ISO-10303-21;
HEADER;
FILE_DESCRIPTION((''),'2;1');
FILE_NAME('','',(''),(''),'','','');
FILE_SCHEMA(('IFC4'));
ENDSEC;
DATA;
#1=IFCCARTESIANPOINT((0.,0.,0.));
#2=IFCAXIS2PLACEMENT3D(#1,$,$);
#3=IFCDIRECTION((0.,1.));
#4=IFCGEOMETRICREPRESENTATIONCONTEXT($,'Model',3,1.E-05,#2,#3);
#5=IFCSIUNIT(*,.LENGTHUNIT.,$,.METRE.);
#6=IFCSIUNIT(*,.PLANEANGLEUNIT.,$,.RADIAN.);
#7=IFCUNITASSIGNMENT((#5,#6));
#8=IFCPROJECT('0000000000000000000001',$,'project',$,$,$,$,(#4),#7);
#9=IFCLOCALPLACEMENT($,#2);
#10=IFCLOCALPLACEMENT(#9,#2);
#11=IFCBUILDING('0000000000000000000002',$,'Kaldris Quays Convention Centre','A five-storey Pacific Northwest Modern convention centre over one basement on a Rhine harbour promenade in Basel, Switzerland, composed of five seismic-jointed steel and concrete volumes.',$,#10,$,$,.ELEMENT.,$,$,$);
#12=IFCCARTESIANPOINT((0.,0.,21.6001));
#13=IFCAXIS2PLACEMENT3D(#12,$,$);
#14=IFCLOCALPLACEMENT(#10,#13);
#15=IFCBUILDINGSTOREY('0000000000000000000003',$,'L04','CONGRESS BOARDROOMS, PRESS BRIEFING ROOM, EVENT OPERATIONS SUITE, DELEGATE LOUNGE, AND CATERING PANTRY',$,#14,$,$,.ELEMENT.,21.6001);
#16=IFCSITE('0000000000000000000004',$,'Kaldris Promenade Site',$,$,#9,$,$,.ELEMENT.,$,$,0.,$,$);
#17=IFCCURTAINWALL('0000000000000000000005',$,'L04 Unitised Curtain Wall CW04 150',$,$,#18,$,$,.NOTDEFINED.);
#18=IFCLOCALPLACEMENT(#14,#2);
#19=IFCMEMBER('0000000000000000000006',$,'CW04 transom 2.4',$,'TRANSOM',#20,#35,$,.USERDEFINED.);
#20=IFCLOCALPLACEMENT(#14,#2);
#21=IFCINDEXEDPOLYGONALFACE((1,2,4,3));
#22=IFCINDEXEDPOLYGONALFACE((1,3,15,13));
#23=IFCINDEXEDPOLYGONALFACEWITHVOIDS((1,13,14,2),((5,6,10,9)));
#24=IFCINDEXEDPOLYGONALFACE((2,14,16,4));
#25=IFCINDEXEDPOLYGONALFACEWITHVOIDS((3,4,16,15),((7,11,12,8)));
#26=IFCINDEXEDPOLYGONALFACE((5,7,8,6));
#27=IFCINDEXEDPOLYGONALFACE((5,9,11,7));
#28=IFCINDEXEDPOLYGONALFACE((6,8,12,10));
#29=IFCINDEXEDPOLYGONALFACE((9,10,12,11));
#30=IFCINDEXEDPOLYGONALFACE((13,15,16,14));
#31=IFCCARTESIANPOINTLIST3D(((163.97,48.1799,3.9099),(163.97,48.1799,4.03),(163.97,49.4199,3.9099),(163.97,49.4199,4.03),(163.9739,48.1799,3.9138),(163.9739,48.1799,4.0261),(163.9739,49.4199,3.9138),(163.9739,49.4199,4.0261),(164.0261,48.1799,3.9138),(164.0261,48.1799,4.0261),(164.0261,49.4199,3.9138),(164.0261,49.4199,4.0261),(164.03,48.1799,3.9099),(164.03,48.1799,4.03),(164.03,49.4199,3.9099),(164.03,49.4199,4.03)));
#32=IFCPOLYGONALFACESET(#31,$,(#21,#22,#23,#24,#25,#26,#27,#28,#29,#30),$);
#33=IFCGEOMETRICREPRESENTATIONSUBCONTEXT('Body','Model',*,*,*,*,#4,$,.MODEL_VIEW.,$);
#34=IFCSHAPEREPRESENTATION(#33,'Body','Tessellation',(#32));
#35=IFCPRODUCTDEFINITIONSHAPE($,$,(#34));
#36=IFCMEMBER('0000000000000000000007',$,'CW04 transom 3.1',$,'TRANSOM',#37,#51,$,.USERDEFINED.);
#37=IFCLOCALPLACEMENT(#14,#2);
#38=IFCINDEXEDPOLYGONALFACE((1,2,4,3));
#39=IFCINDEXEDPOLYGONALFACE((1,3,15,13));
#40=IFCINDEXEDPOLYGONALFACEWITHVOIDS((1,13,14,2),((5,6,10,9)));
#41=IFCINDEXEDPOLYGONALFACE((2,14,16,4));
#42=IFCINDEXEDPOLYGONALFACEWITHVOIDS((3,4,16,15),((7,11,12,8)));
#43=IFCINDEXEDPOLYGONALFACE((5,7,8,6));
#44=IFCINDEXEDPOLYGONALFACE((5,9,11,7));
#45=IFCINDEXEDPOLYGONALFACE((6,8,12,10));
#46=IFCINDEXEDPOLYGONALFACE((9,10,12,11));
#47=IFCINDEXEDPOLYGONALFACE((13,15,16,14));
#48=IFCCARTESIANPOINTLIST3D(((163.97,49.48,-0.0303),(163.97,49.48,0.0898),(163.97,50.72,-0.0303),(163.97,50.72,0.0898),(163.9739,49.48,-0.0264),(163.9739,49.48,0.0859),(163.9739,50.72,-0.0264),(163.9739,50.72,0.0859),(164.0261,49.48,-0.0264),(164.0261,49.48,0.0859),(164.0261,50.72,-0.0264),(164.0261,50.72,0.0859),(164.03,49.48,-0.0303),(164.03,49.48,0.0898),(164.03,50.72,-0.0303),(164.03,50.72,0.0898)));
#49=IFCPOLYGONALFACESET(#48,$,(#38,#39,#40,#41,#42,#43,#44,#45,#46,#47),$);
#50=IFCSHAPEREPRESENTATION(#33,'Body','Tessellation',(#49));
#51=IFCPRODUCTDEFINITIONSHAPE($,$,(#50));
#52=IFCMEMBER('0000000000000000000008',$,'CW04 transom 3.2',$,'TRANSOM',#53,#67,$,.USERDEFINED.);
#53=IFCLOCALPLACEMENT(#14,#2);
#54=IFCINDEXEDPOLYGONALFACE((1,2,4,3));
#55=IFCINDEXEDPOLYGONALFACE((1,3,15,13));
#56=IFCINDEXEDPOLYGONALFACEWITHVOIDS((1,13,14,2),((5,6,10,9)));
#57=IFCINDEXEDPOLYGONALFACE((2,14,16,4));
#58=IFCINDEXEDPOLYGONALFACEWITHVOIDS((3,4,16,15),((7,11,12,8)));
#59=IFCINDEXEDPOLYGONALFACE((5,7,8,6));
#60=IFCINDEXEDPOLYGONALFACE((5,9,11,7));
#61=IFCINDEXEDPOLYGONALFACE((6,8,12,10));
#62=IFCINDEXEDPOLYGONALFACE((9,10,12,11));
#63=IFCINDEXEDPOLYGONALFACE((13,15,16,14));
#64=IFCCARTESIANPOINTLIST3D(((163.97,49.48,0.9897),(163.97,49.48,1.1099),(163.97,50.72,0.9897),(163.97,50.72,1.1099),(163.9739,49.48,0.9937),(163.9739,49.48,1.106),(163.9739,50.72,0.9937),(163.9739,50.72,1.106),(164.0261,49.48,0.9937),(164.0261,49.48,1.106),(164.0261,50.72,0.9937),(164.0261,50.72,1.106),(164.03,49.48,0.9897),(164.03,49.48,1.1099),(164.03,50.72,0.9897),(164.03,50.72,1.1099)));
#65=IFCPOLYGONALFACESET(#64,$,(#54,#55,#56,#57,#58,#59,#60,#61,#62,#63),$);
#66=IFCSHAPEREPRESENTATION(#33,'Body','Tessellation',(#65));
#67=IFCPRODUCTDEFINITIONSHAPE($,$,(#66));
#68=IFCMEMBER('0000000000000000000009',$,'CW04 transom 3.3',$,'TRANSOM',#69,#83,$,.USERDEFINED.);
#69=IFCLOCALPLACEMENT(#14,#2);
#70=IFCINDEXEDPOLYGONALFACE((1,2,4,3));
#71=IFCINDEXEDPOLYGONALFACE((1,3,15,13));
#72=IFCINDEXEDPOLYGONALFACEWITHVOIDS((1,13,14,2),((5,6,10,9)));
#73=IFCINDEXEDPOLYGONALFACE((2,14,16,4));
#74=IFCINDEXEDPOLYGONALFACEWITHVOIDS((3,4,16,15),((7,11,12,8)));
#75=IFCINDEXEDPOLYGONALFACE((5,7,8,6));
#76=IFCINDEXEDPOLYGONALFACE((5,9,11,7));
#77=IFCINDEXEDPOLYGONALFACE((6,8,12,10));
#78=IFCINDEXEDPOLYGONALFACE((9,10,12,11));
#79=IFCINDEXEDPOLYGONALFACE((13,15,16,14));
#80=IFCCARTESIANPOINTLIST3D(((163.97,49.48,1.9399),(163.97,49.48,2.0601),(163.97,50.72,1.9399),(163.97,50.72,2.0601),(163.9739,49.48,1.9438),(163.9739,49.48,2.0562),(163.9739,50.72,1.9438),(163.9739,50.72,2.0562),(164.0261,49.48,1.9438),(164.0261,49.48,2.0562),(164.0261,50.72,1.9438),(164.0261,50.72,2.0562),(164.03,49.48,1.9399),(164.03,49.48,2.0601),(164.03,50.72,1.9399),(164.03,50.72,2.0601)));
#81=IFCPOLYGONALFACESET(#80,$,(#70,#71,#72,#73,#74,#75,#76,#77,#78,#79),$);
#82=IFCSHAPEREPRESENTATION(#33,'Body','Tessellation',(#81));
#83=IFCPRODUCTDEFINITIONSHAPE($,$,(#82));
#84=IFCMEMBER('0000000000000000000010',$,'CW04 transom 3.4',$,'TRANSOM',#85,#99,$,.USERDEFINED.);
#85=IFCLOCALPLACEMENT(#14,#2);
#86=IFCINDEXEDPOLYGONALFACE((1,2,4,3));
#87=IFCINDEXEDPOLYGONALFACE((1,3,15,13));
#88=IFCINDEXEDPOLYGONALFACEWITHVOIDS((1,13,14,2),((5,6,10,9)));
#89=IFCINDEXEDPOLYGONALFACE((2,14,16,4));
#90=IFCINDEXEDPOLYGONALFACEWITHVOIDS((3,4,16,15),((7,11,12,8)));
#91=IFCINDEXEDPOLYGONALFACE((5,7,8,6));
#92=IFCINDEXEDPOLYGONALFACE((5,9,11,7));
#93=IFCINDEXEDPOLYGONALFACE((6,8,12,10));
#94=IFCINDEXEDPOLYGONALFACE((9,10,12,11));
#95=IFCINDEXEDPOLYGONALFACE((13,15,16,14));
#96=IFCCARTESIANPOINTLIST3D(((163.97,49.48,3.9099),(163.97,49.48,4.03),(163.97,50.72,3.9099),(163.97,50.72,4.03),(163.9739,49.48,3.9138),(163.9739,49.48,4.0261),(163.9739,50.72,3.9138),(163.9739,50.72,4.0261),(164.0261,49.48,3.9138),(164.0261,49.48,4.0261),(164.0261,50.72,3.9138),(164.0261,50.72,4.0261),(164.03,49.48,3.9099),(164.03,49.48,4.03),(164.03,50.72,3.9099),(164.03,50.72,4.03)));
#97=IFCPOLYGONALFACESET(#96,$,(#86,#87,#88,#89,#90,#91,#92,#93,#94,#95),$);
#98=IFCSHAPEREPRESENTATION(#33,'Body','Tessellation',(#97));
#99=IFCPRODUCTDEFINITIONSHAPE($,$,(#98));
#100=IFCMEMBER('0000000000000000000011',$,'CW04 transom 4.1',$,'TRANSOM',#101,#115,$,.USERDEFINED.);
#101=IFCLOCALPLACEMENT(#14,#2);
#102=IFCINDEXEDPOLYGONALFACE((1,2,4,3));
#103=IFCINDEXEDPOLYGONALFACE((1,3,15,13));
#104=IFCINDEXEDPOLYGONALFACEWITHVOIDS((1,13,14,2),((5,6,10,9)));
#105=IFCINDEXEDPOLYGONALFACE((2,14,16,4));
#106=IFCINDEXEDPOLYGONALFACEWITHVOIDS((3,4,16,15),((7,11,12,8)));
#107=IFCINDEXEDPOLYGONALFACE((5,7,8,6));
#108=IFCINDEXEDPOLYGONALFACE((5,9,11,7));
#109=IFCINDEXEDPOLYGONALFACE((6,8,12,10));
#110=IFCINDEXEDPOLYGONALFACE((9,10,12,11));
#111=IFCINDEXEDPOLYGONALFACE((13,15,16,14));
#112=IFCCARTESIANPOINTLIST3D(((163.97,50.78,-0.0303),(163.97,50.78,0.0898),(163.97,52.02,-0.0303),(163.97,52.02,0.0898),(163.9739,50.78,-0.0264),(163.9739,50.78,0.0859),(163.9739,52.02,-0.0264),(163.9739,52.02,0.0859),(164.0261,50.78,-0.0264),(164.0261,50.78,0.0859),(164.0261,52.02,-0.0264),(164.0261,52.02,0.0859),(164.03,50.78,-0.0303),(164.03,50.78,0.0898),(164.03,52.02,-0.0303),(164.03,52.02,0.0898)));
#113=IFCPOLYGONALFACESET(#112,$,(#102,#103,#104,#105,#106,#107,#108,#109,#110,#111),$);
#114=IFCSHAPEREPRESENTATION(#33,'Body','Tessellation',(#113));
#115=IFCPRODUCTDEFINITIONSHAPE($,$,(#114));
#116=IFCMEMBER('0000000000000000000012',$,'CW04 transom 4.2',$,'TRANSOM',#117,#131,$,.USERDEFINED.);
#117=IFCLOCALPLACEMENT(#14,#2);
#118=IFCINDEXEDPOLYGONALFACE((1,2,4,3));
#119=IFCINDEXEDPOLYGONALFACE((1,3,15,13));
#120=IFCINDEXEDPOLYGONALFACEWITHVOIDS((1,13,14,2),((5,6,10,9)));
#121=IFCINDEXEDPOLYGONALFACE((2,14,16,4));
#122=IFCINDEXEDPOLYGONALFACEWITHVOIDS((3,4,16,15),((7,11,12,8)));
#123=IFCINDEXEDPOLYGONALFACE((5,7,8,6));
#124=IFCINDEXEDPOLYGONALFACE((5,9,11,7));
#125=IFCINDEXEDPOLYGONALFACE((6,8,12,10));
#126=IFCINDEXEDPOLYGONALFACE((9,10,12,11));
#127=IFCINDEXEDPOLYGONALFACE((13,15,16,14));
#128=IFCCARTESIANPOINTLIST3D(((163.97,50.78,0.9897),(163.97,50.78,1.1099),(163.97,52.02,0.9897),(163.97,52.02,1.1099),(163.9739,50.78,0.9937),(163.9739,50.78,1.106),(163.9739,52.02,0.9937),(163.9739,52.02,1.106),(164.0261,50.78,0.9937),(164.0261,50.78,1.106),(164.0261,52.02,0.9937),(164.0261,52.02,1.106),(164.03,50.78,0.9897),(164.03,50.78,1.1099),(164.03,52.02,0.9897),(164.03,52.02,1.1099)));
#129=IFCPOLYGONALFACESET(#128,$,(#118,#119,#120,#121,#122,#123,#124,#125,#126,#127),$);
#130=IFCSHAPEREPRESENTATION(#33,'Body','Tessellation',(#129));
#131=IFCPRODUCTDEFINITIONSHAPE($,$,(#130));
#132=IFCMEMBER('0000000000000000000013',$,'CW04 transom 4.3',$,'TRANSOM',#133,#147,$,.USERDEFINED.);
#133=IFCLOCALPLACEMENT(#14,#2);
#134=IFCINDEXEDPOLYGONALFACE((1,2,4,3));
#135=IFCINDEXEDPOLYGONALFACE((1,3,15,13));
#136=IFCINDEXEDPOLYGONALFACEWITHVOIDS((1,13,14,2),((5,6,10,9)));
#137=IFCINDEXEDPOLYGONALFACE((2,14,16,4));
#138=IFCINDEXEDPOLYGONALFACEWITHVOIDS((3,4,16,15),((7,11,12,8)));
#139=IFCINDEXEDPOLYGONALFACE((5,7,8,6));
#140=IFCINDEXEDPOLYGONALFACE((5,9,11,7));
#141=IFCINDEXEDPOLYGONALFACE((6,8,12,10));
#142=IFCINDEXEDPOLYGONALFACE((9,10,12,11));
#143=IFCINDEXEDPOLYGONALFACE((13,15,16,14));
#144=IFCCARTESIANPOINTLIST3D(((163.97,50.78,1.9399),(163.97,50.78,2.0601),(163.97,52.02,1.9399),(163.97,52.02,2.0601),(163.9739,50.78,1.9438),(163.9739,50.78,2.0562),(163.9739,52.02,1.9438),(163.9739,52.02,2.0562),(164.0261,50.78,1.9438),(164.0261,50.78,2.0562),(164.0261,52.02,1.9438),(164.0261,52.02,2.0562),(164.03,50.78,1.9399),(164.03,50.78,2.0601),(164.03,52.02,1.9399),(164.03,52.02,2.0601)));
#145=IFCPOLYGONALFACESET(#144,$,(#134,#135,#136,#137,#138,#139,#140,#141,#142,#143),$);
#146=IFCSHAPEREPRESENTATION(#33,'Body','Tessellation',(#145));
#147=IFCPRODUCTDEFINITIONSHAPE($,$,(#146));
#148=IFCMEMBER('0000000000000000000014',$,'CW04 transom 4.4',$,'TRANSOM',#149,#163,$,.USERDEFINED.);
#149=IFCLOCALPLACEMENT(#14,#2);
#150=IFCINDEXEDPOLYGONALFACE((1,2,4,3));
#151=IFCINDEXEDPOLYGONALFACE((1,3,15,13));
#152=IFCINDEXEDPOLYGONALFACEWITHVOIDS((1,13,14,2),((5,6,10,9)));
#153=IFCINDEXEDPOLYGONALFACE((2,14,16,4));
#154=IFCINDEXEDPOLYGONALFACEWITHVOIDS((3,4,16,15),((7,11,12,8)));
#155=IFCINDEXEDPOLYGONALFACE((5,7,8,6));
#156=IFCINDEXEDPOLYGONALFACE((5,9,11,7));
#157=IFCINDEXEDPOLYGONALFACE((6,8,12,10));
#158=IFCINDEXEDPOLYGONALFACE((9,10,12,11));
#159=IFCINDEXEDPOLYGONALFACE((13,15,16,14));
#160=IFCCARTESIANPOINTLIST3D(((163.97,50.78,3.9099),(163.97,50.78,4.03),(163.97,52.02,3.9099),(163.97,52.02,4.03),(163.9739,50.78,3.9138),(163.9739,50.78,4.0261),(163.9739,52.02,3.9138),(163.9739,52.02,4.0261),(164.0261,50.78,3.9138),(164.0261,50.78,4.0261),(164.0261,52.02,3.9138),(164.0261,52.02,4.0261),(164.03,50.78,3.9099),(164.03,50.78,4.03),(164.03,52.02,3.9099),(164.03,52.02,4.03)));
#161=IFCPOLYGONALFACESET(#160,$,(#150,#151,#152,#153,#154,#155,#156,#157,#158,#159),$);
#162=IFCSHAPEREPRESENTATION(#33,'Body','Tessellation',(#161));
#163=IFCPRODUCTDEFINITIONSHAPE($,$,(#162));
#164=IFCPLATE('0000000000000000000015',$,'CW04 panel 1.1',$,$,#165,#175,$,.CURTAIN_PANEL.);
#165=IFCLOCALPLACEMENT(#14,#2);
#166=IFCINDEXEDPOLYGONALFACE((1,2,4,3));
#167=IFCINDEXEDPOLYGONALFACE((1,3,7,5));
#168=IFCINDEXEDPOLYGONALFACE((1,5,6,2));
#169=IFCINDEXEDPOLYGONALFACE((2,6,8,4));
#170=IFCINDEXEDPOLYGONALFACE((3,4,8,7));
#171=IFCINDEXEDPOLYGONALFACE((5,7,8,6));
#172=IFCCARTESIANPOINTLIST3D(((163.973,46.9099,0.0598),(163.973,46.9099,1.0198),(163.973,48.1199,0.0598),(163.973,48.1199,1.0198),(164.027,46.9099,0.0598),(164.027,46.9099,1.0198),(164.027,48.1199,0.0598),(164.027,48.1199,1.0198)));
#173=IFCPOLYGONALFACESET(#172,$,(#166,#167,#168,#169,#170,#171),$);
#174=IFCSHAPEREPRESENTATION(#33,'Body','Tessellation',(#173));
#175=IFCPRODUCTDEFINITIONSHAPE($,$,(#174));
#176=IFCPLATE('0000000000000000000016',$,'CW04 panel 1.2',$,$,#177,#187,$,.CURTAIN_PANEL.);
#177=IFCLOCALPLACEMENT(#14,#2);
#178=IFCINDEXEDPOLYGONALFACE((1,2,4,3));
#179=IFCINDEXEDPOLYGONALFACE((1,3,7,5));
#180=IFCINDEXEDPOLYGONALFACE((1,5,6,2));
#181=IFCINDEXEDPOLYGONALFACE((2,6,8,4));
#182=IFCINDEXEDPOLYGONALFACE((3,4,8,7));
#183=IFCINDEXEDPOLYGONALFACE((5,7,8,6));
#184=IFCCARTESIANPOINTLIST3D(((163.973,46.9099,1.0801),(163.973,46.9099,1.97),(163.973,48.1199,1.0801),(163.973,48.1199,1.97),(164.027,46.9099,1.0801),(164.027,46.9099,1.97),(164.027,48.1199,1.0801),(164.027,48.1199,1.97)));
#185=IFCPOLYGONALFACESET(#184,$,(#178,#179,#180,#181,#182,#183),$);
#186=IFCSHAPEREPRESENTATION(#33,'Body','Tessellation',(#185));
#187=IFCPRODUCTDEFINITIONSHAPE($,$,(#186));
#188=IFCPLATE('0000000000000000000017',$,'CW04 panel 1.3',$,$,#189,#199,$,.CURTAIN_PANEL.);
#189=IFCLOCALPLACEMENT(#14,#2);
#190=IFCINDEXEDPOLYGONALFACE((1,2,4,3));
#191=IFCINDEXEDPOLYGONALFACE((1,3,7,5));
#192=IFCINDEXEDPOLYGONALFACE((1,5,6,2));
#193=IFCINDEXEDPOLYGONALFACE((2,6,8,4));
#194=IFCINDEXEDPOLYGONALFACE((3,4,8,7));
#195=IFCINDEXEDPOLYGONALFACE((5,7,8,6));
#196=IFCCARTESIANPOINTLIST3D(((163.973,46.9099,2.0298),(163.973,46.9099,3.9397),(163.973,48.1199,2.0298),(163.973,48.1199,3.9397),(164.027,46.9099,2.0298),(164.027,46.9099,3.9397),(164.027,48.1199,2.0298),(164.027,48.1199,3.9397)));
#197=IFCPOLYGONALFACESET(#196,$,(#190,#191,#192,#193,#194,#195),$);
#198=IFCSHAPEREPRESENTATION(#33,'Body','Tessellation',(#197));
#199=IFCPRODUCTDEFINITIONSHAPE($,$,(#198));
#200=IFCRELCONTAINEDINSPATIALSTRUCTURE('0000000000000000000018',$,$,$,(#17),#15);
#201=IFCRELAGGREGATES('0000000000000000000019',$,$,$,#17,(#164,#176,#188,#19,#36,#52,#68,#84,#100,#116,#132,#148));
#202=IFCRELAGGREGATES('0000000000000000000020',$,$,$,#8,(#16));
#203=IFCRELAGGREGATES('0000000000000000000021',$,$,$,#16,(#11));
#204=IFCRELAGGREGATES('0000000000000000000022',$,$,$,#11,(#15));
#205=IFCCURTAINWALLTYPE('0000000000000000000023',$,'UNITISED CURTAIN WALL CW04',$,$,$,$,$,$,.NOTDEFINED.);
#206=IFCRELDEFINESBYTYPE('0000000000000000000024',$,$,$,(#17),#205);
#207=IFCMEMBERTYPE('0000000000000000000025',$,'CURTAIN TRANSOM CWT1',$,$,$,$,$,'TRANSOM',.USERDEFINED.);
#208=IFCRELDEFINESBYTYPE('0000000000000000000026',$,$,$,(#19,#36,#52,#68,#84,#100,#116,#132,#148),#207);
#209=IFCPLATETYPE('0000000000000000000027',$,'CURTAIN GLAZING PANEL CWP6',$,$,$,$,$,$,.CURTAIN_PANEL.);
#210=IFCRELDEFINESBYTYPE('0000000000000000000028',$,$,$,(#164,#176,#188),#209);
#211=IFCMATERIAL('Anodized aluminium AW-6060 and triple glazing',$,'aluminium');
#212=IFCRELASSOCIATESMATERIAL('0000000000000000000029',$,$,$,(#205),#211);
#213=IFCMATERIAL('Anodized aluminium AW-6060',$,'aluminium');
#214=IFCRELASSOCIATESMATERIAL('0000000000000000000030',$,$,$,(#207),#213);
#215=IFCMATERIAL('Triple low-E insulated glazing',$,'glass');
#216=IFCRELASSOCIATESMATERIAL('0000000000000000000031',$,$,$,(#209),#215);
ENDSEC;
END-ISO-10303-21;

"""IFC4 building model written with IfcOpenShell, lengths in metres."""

from ifc_helpers import new_model, si_unit, direction, frame, origin, origin_2d, place, context, subcontext, project, spatial, rectangle, hollow_rectangle, extrude, material, material_profile, profile_set, type_object, element, aggregate, save


model = new_model("IFC4")

# Units and contexts
model_context = context("Model", 3, precision=1e-05, world=origin(), true_north=direction((0.0, 1.0)))
body_context = subcontext(model_context, "Body", "Model", "MODEL_VIEW")
ifc_project = project(units=[si_unit("LENGTHUNIT", "METRE"), si_unit("PLANEANGLEUNIT", "RADIAN")], contexts=[model_context])

# Site, building, storey
site_placement = place(None, origin())
site = spatial("IfcSite", under=ifc_project, at=site_placement, Name="Kaldris Promenade Site", CompositionType="ELEMENT", RefElevation=0.0)
building_placement = place(site_placement, origin())
building = spatial("IfcBuilding", under=site, at=building_placement, Name="Kaldris Quays Convention Centre", Description="A five-storey Pacific Northwest Modern convention centre over one basement on a Rhine harbour promenade in Basel, Switzerland, composed of five seismic-jointed steel and concrete volumes.", CompositionType="ELEMENT")
storey_placement = place(building_placement, frame((0.0, 0.0, 21.6001)))
storey = spatial("IfcBuildingStorey", under=building, at=storey_placement, Name="L04", Description="CONGRESS BOARDROOMS, PRESS BRIEFING ROOM, EVENT OPERATIONS SUITE, DELEGATE LOUNGE, AND CATERING PANTRY", CompositionType="ELEMENT", Elevation=21.6001)

# Curtain wall, members, plates
ifc_material_1 = material(Name="Anodized aluminium AW-6060 and triple glazing", Category="aluminium")
curtain_wall_type = type_object("IfcCurtainWallType", Name="UNITISED CURTAIN WALL CW04", PredefinedType="NOTDEFINED", material=ifc_material_1)
curtain_wall_placement = place(storey_placement, origin())
curtain_wall = element("IfcCurtainWall", 1, at=curtain_wall_placement, inside=storey, type_object=curtain_wall_type, Name="L04 Unitised Curtain Wall CW04 150", PredefinedType="NOTDEFINED")
ifc_material_2 = material(Name="Anodized aluminium AW-6060", Category="aluminium")
ifc_material_profile_1 = material_profile(ifc_material_2, hollow_rectangle(XDim=0.0601, YDim=0.1201, WallThickness=0.0039, at=origin_2d()), Name="RHS 120x60x4")
ifc_profile_set_1 = profile_set([ifc_material_profile_1], Name="Anodized aluminium AW-6060")
member_type_1 = type_object("IfcMemberType", Name="CURTAIN TRANSOM CWT1", ElementType="TRANSOM", PredefinedType="USERDEFINED", material=ifc_profile_set_1)
member_1_placement = place(storey_placement, frame((164.0, 48.1799, 3.97), z_axis=(0.0, 1.0, 0.0), x_axis=(-1.0, 0.0, 0.0)))
member_1 = element("IfcMember", 2, at=member_1_placement, type_object=member_type_1, Name="CW04 transom 2.4", ObjectType="TRANSOM", PredefinedType="USERDEFINED", context=body_context, shape_type="SweptSolid", body=[
    extrude(hollow_rectangle(XDim=0.0601, YDim=0.1201, WallThickness=0.0039, at=origin_2d()), origin(), (0.0, 0.0, 1.0), 1.24),
])
member_2_placement = place(storey_placement, frame((164.0, 49.48, 0.0298), z_axis=(0.0, 1.0, 0.0), x_axis=(-1.0, 0.0, 0.0)))
member_2 = element("IfcMember", 3, at=member_2_placement, type_object=member_type_1, Name="CW04 transom 3.1", ObjectType="TRANSOM", PredefinedType="USERDEFINED", context=body_context, shape_type="SweptSolid", body=[
    extrude(hollow_rectangle(XDim=0.0601, YDim=0.1201, WallThickness=0.0039, at=origin_2d()), origin(), (0.0, 0.0, 1.0), 1.24),
])
member_3_placement = place(storey_placement, frame((164.0, 49.48, 1.0498), z_axis=(0.0, 1.0, 0.0), x_axis=(-1.0, 0.0, 0.0)))
member_3 = element("IfcMember", 4, at=member_3_placement, type_object=member_type_1, Name="CW04 transom 3.2", ObjectType="TRANSOM", PredefinedType="USERDEFINED", context=body_context, shape_type="SweptSolid", body=[
    extrude(hollow_rectangle(XDim=0.0601, YDim=0.1201, WallThickness=0.0039, at=origin_2d()), origin(), (0.0, 0.0, 1.0), 1.24),
])
member_4_placement = place(storey_placement, frame((164.0, 49.48, 2.0), z_axis=(0.0, 1.0, 0.0), x_axis=(-1.0, 0.0, 0.0)))
member_4 = element("IfcMember", 5, at=member_4_placement, type_object=member_type_1, Name="CW04 transom 3.3", ObjectType="TRANSOM", PredefinedType="USERDEFINED", context=body_context, shape_type="SweptSolid", body=[
    extrude(hollow_rectangle(XDim=0.0601, YDim=0.1201, WallThickness=0.0039, at=origin_2d()), origin(), (0.0, 0.0, 1.0), 1.24),
])
member_5_placement = place(storey_placement, frame((164.0, 49.48, 3.97), z_axis=(0.0, 1.0, 0.0), x_axis=(-1.0, 0.0, 0.0)))
member_5 = element("IfcMember", 6, at=member_5_placement, type_object=member_type_1, Name="CW04 transom 3.4", ObjectType="TRANSOM", PredefinedType="USERDEFINED", context=body_context, shape_type="SweptSolid", body=[
    extrude(hollow_rectangle(XDim=0.0601, YDim=0.1201, WallThickness=0.0039, at=origin_2d()), origin(), (0.0, 0.0, 1.0), 1.24),
])
member_6_placement = place(storey_placement, frame((164.0, 50.78, 0.0298), z_axis=(0.0, 1.0, 0.0), x_axis=(-1.0, 0.0, 0.0)))
member_6 = element("IfcMember", 7, at=member_6_placement, type_object=member_type_1, Name="CW04 transom 4.1", ObjectType="TRANSOM", PredefinedType="USERDEFINED", context=body_context, shape_type="SweptSolid", body=[
    extrude(hollow_rectangle(XDim=0.0601, YDim=0.1201, WallThickness=0.0039, at=origin_2d()), origin(), (0.0, 0.0, 1.0), 1.24),
])
member_7_placement = place(storey_placement, frame((164.0, 50.78, 1.0498), z_axis=(0.0, 1.0, 0.0), x_axis=(-1.0, 0.0, 0.0)))
member_7 = element("IfcMember", 8, at=member_7_placement, type_object=member_type_1, Name="CW04 transom 4.2", ObjectType="TRANSOM", PredefinedType="USERDEFINED", context=body_context, shape_type="SweptSolid", body=[
    extrude(hollow_rectangle(XDim=0.0601, YDim=0.1201, WallThickness=0.0039, at=origin_2d()), origin(), (0.0, 0.0, 1.0), 1.24),
])
member_8_placement = place(storey_placement, frame((164.0, 50.78, 2.0), z_axis=(0.0, 1.0, 0.0), x_axis=(-1.0, 0.0, 0.0)))
member_8 = element("IfcMember", 9, at=member_8_placement, type_object=member_type_1, Name="CW04 transom 4.3", ObjectType="TRANSOM", PredefinedType="USERDEFINED", context=body_context, shape_type="SweptSolid", body=[
    extrude(hollow_rectangle(XDim=0.0601, YDim=0.1201, WallThickness=0.0039, at=origin_2d()), origin(), (0.0, 0.0, 1.0), 1.24),
])
member_9_placement = place(storey_placement, frame((164.0, 50.78, 3.97), z_axis=(0.0, 1.0, 0.0), x_axis=(-1.0, 0.0, 0.0)))
member_9 = element("IfcMember", 10, at=member_9_placement, type_object=member_type_1, Name="CW04 transom 4.4", ObjectType="TRANSOM", PredefinedType="USERDEFINED", context=body_context, shape_type="SweptSolid", body=[
    extrude(hollow_rectangle(XDim=0.0601, YDim=0.1201, WallThickness=0.0039, at=origin_2d()), origin(), (0.0, 0.0, 1.0), 1.24),
])
ifc_material_3 = material(Name="Triple low-E insulated glazing", Category="glass")
plate_type = type_object("IfcPlateType", Name="CURTAIN GLAZING PANEL CWP6", PredefinedType="CURTAIN_PANEL", material=ifc_material_3)
plate_1_placement = place(storey_placement, frame((164.0, 47.5149, 0.0598), z_axis=(0.0, 0.0, 1.0), x_axis=(0.0, 1.0, 0.0)))
plate_1 = element("IfcPlate", 11, at=plate_1_placement, type_object=plate_type, Name="CW04 panel 1.1", PredefinedType="CURTAIN_PANEL", context=body_context, shape_type="SweptSolid", body=[
    extrude(rectangle(XDim=1.21, YDim=0.054, at=origin_2d()), origin(), (0.0, 0.0, 1.0), 0.96),
])
plate_2_placement = place(storey_placement, frame((164.0, 47.5149, 1.0801), z_axis=(0.0, 0.0, 1.0), x_axis=(0.0, 1.0, 0.0)))
plate_2 = element("IfcPlate", 12, at=plate_2_placement, type_object=plate_type, Name="CW04 panel 1.2", PredefinedType="CURTAIN_PANEL", context=body_context, shape_type="SweptSolid", body=[
    extrude(rectangle(XDim=1.21, YDim=0.054, at=origin_2d()), origin(), (0.0, 0.0, 1.0), 0.8899),
])
plate_3_placement = place(storey_placement, frame((164.0, 47.5149, 2.0298), z_axis=(0.0, 0.0, 1.0), x_axis=(0.0, 1.0, 0.0)))
plate_3 = element("IfcPlate", 13, at=plate_3_placement, type_object=plate_type, Name="CW04 panel 1.3", PredefinedType="CURTAIN_PANEL", context=body_context, shape_type="SweptSolid", body=[
    extrude(rectangle(XDim=1.21, YDim=0.054, at=origin_2d()), origin(), (0.0, 0.0, 1.0), 1.9099),
])
aggregate(curtain_wall, [plate_1, plate_2, plate_3, member_1, member_2, member_3, member_4, member_5, member_6, member_7, member_8, member_9])

save(model, "model.ifc")
